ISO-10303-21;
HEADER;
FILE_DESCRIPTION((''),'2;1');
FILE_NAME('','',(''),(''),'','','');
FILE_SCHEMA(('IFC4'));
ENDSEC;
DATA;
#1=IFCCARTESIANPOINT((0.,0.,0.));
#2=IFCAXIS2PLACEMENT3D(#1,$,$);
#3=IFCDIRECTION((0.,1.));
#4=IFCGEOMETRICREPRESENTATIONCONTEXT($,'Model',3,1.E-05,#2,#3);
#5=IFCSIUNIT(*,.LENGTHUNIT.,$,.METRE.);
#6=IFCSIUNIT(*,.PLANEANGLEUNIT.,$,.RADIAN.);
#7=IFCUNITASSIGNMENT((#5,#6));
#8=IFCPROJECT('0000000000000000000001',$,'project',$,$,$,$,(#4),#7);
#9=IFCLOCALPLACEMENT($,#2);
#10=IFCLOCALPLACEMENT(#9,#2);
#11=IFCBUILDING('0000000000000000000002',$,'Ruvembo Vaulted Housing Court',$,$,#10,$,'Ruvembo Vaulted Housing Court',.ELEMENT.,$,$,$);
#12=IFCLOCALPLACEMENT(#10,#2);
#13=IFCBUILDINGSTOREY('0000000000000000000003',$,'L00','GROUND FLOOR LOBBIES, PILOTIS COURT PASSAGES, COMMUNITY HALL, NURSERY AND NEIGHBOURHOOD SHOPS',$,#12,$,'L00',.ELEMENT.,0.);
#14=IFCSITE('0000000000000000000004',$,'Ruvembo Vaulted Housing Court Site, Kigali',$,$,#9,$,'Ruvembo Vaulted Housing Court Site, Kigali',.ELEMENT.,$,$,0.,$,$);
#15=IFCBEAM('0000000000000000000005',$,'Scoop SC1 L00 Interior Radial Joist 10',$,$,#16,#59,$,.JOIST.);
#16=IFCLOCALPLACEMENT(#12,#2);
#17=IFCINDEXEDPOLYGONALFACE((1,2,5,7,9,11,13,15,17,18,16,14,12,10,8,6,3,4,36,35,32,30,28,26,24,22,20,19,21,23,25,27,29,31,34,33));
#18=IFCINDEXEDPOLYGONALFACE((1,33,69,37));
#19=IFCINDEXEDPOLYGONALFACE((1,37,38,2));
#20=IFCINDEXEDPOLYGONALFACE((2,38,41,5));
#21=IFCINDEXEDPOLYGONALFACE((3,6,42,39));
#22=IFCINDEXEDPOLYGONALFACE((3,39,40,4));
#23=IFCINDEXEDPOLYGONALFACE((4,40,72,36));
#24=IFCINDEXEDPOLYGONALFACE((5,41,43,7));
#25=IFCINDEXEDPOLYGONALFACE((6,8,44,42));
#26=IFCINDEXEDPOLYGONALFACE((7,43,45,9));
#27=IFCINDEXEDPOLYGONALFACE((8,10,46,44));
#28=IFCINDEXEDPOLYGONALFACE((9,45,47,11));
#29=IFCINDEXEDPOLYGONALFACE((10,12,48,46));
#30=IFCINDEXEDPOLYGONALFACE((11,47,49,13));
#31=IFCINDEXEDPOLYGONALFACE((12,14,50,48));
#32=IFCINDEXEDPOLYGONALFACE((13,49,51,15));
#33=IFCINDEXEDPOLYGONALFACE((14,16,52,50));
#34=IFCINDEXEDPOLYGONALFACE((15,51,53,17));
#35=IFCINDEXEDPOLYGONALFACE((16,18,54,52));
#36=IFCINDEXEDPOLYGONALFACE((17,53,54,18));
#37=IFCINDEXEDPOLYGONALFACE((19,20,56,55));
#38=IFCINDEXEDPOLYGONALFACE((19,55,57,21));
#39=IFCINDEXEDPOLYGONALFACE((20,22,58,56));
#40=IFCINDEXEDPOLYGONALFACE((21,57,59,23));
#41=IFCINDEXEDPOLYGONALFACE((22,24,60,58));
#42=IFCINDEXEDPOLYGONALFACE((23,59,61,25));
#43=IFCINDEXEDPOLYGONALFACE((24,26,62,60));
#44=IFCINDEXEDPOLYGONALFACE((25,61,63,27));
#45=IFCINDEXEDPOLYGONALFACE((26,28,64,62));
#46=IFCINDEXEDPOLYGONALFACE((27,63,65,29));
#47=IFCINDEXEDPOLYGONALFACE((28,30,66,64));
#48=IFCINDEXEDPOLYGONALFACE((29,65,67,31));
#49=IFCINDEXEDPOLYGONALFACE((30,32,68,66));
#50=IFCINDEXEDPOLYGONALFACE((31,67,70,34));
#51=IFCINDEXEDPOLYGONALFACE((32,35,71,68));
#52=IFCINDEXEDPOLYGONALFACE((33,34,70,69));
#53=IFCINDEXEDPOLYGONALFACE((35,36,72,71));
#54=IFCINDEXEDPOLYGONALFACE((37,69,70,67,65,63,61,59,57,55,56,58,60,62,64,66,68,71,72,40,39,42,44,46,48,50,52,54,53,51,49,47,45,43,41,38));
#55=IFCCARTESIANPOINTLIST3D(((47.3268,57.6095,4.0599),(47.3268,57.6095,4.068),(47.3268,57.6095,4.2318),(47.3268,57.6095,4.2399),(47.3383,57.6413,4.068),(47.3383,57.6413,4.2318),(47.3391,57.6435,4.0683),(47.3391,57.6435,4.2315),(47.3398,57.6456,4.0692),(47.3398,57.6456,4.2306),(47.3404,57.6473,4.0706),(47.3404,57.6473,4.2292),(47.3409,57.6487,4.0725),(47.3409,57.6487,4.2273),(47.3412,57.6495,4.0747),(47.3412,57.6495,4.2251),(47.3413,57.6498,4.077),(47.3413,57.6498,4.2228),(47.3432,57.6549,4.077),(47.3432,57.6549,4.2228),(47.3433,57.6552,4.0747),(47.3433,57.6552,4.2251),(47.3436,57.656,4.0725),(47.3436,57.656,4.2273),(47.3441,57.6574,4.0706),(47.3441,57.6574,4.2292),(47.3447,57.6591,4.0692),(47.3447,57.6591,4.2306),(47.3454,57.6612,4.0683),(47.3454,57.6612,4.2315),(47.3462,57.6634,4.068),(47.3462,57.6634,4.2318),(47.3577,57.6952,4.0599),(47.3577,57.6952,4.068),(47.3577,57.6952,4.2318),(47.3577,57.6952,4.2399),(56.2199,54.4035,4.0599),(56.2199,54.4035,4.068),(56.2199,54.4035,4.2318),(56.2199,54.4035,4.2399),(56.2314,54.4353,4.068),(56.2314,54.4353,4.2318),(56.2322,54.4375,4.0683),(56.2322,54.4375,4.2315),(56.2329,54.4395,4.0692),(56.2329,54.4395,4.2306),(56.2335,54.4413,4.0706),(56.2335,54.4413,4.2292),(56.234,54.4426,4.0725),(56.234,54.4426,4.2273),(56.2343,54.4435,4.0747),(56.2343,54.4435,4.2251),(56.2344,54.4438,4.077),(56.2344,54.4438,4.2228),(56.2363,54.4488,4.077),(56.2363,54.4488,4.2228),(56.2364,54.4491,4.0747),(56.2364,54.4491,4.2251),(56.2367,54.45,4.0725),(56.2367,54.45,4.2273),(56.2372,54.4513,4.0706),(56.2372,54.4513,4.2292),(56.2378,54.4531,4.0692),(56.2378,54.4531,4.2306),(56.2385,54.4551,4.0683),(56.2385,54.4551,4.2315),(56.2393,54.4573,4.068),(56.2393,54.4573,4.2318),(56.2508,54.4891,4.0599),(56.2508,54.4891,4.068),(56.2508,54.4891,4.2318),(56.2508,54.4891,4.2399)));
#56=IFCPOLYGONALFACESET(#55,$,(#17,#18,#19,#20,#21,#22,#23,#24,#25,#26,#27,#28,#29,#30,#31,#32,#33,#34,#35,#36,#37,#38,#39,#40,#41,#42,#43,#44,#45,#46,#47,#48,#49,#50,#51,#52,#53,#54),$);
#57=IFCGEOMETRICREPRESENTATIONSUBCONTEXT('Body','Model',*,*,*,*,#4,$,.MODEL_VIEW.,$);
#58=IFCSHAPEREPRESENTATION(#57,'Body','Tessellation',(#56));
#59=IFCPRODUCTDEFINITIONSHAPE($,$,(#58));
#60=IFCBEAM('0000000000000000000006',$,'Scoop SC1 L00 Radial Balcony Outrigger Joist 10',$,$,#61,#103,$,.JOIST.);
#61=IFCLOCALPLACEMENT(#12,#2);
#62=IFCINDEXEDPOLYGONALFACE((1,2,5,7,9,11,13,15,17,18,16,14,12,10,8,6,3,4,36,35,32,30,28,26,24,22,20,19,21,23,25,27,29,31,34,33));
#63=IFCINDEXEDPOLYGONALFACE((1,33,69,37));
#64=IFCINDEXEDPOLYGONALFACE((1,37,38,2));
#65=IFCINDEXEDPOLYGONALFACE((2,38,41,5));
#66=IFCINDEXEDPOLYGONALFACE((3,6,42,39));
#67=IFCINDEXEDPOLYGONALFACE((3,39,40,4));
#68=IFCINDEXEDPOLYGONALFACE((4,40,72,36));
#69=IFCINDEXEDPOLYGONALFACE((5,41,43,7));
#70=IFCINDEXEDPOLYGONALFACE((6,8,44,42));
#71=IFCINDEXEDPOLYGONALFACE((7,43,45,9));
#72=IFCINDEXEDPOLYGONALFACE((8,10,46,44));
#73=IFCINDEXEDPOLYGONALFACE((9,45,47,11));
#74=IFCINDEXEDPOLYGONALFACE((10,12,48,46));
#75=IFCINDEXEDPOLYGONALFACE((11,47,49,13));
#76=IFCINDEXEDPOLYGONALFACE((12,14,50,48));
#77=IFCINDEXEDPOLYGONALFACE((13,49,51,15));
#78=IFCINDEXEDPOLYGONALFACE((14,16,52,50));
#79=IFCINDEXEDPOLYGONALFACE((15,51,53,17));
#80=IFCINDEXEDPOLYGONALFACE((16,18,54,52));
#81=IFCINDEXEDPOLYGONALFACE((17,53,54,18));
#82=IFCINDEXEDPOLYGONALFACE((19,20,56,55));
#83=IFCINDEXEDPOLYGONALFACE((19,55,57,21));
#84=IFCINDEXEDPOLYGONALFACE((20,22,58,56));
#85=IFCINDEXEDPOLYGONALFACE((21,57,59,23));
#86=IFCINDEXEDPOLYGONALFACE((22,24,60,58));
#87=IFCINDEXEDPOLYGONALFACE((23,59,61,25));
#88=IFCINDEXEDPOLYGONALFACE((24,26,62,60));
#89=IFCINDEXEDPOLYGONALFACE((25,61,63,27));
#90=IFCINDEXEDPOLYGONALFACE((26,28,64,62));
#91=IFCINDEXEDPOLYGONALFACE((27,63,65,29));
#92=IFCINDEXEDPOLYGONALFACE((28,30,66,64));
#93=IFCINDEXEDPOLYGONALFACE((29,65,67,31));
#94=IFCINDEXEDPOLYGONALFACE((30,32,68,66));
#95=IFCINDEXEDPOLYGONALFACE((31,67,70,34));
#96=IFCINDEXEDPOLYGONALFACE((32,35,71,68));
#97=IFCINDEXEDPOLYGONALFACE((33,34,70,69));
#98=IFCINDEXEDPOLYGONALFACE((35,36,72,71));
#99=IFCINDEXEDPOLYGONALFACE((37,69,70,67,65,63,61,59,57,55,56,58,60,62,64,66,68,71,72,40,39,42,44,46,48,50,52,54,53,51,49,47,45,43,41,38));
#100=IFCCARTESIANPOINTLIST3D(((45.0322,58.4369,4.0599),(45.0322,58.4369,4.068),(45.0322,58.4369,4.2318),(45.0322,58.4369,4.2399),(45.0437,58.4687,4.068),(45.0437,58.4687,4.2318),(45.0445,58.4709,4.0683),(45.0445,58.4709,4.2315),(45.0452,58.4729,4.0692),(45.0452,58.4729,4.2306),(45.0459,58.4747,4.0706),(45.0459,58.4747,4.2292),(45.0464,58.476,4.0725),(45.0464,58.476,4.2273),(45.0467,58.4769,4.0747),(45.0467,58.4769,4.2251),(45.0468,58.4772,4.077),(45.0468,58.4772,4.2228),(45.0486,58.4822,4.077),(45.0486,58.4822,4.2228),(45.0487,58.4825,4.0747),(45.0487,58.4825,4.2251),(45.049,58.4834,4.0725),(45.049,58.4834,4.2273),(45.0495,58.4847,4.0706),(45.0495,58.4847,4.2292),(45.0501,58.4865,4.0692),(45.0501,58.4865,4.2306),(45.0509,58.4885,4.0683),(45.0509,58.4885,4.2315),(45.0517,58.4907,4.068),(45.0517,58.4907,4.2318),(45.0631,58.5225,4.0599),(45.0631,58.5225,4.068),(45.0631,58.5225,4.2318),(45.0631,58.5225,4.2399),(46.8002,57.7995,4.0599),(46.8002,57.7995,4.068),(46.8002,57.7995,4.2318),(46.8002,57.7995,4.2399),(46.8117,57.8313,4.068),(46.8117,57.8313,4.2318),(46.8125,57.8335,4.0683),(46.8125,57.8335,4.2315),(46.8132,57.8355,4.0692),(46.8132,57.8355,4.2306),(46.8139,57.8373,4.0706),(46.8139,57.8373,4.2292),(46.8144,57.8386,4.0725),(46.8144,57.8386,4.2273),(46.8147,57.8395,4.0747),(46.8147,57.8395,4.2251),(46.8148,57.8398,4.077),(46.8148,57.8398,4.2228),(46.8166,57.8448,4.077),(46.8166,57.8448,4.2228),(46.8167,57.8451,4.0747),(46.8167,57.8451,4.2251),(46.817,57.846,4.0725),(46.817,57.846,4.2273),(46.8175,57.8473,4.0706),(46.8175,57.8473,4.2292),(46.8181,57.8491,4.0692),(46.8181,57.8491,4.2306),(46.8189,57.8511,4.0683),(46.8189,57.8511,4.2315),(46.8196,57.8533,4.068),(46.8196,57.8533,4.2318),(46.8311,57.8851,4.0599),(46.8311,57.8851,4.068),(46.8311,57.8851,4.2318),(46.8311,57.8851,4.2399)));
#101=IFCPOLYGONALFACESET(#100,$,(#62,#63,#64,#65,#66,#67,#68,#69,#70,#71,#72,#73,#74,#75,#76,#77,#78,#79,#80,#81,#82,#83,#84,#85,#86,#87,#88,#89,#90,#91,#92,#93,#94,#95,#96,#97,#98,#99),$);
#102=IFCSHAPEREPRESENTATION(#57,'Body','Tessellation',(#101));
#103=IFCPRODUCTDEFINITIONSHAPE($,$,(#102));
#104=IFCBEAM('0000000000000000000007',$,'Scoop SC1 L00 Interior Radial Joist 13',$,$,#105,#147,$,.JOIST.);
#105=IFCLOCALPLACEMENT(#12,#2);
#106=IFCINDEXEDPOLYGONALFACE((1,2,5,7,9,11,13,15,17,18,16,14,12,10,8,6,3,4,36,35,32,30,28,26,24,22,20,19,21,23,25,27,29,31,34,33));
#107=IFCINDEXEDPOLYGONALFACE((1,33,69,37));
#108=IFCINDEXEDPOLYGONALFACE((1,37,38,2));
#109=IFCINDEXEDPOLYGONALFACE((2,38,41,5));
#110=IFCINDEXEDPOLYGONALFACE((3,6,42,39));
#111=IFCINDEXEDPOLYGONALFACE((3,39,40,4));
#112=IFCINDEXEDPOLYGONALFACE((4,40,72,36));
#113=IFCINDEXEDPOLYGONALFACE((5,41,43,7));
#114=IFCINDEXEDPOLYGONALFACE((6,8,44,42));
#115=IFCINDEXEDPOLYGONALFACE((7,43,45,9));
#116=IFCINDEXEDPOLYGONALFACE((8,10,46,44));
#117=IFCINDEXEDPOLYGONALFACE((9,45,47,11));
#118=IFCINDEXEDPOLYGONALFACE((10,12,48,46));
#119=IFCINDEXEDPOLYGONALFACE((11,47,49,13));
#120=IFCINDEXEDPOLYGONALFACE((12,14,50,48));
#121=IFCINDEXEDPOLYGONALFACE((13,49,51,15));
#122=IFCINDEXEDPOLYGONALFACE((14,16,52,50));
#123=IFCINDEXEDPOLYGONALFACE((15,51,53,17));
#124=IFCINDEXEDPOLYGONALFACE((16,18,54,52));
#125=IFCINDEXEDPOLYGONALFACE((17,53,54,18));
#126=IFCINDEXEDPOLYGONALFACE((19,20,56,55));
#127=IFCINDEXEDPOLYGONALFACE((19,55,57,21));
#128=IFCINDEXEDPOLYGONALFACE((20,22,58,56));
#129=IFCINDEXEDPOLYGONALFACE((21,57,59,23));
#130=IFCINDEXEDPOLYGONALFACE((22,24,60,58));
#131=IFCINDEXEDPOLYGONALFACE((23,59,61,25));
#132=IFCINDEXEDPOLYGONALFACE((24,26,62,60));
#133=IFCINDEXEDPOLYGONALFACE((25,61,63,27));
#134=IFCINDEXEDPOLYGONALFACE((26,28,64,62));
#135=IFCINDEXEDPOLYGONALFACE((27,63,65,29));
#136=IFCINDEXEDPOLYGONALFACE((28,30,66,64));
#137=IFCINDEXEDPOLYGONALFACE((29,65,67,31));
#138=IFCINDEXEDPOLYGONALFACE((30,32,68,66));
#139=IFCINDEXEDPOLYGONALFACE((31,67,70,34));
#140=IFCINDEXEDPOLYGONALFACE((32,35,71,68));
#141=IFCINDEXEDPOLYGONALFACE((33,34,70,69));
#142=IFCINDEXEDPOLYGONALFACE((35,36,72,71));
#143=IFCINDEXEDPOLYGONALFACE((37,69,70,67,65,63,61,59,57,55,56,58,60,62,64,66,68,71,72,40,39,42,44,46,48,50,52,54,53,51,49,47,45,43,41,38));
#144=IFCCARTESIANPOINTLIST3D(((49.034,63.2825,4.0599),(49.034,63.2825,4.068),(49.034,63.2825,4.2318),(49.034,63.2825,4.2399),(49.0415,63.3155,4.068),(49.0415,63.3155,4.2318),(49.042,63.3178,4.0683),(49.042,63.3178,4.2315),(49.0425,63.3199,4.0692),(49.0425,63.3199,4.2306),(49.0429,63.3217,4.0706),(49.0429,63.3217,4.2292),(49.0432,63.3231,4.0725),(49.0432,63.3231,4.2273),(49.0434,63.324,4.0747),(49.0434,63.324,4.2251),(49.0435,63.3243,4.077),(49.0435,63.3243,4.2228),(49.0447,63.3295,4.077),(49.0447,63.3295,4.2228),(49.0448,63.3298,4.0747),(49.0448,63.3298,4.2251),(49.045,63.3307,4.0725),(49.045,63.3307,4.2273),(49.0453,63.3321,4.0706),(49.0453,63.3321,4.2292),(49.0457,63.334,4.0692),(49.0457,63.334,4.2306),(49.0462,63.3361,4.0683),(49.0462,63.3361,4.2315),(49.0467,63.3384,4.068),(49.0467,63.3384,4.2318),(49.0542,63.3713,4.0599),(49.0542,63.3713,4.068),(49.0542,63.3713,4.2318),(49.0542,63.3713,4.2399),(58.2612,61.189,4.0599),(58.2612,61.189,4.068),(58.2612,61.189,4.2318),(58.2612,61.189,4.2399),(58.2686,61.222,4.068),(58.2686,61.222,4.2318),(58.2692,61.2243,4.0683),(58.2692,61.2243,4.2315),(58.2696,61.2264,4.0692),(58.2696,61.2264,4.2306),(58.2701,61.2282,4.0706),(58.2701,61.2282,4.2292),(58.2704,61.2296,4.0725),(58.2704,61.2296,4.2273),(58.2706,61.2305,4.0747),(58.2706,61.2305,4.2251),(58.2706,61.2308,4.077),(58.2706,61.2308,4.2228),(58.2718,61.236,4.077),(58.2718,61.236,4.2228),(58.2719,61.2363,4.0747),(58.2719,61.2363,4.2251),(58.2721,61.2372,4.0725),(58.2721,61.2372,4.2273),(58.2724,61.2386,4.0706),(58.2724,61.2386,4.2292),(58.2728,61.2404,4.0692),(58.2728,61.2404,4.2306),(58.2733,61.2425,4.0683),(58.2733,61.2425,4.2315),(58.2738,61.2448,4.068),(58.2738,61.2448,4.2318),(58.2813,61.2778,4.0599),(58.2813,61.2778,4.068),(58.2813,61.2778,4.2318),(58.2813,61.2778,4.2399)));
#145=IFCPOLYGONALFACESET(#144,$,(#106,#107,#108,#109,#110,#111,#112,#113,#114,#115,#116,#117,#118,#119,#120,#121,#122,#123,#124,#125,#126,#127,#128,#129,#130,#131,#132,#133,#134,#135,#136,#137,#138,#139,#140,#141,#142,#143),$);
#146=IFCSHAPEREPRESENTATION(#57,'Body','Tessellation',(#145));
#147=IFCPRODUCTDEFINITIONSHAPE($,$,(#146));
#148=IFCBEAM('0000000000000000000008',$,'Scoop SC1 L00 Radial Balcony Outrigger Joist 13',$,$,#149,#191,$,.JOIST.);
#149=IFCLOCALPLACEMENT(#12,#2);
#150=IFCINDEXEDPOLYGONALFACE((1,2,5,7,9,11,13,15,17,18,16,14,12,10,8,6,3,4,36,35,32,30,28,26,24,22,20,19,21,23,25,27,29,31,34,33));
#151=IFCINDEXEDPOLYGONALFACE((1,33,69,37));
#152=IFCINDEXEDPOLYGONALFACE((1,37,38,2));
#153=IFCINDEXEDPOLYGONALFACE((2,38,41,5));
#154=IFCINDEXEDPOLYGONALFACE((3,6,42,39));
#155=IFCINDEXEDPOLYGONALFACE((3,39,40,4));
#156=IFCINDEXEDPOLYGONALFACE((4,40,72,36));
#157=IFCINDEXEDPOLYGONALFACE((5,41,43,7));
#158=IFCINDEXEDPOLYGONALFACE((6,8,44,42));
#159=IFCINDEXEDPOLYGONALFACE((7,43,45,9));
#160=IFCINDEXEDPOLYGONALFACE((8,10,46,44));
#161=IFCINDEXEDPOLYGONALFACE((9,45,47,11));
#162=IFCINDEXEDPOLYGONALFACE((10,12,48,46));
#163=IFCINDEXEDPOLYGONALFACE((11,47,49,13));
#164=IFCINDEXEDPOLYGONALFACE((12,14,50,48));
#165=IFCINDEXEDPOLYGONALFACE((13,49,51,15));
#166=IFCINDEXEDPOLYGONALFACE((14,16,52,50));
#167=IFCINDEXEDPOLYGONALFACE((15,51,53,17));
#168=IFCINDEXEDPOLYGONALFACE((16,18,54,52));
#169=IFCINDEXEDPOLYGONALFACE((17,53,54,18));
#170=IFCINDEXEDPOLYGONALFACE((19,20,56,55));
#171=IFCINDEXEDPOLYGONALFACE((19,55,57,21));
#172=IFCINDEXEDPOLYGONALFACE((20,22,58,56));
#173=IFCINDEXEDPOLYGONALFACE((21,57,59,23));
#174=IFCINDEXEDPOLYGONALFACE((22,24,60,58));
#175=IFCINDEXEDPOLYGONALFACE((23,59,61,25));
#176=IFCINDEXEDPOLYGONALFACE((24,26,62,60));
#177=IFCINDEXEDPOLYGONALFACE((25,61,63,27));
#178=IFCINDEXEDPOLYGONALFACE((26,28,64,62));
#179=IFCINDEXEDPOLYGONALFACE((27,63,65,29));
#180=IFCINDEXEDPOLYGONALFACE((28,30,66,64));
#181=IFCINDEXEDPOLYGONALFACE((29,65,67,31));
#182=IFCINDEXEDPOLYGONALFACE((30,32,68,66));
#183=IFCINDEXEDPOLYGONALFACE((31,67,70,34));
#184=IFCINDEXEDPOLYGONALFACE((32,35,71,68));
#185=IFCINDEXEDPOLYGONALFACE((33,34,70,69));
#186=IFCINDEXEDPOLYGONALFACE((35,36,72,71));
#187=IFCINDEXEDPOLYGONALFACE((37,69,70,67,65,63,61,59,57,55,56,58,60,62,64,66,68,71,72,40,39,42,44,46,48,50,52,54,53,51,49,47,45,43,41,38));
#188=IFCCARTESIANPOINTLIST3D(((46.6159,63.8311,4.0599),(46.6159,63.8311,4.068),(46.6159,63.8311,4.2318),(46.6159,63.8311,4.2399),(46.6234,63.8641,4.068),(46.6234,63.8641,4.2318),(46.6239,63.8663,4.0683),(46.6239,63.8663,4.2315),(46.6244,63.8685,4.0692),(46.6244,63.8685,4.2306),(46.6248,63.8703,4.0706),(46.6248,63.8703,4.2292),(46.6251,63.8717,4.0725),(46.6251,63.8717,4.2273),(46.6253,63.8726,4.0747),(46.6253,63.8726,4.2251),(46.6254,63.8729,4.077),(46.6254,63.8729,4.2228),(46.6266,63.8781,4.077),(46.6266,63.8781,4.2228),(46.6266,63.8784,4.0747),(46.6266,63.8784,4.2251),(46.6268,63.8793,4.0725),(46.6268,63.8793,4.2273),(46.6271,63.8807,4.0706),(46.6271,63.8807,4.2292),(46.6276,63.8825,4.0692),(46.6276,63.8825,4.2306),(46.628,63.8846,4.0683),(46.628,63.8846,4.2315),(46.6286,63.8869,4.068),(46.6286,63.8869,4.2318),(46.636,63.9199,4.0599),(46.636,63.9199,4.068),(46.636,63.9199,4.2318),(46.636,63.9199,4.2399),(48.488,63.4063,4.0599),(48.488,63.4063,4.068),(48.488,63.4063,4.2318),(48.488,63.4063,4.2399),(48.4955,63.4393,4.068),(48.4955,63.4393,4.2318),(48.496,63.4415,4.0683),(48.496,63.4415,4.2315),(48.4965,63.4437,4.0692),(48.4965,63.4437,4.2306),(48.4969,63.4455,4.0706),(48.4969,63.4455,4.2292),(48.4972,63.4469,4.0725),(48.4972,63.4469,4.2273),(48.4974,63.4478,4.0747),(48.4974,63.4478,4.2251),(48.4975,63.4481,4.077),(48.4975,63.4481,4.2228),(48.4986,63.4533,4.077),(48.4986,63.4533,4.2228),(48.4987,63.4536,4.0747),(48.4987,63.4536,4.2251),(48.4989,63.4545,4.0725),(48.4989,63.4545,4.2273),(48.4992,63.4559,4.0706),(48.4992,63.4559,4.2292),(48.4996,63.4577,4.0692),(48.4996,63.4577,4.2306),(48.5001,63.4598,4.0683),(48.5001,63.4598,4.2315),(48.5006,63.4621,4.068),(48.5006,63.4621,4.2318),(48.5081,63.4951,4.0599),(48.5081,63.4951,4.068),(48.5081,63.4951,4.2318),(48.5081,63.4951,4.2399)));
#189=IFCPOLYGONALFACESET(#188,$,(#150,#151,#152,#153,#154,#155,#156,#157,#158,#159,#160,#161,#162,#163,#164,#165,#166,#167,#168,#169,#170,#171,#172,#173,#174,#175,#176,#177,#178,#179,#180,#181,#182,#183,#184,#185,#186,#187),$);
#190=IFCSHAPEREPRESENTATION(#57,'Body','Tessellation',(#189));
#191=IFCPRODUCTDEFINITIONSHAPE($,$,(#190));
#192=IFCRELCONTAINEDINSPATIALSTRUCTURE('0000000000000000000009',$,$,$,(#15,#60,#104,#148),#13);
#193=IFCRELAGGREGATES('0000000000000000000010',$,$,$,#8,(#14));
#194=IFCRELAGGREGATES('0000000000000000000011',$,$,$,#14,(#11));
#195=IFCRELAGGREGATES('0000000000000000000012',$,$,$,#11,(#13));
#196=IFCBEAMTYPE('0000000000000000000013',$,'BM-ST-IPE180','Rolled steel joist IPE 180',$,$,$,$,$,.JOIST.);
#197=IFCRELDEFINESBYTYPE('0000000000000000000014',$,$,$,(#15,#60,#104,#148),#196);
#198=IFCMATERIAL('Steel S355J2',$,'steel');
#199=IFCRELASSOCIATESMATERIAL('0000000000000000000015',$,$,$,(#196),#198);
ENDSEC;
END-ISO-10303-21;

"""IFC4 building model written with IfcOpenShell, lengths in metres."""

from ifc_helpers import new_model, si_unit, direction, frame, origin, origin_2d, place, context, subcontext, project, spatial, i_section, extrude, material, material_profile, profile_set, type_object, element, save


model = new_model("IFC4")

# Units and contexts
model_context = context("Model", 3, precision=1e-05, world=origin(), true_north=direction((0.0, 1.0)))
body_context = subcontext(model_context, "Body", "Model", "MODEL_VIEW")
ifc_project = project(units=[si_unit("LENGTHUNIT", "METRE"), si_unit("PLANEANGLEUNIT", "RADIAN")], contexts=[model_context])

# Site, building, storey
site_placement = place(None, origin())
site = spatial("IfcSite", under=ifc_project, at=site_placement, Name="Ruvembo Vaulted Housing Court Site, Kigali", LongName="Ruvembo Vaulted Housing Court Site, Kigali", CompositionType="ELEMENT", RefElevation=0.0)
building_placement = place(site_placement, origin())
building = spatial("IfcBuilding", under=site, at=building_placement, Name="Ruvembo Vaulted Housing Court", LongName="Ruvembo Vaulted Housing Court", CompositionType="ELEMENT")
storey_placement = place(building_placement, origin())
storey = spatial("IfcBuildingStorey", under=building, at=storey_placement, Name="L00", Description="GROUND FLOOR LOBBIES, PILOTIS COURT PASSAGES, COMMUNITY HALL, NURSERY AND NEIGHBOURHOOD SHOPS", LongName="L00", CompositionType="ELEMENT", Elevation=0.0)

# Beams
ifc_material_1 = material(Name="Steel S355J2", Category="steel")
ifc_material_profile_1 = material_profile(ifc_material_1, i_section(OverallWidth=0.0911, OverallDepth=0.1799, WebThickness=0.0054, FlangeThickness=0.0081, FilletRadius=0.009, at=origin_2d()), Name="IPE 180")
ifc_profile_set_1 = profile_set([ifc_material_profile_1], Name="Steel S355J2")
beam_type_1 = type_object("IfcBeamType", Name="BM-ST-IPE180", Description="Rolled steel joist IPE 180", PredefinedType="JOIST", material=ifc_profile_set_1)
beam_1_placement = place(storey_placement, frame((56.2354, 54.4463, 4.1499), z_axis=(-0.940734, 0.339146, 0.0), x_axis=(-0.339146, -0.940734, 0.0)))
element("IfcBeam", 1, at=beam_1_placement, inside=storey, type_object=beam_type_1, Name="Scoop SC1 L00 Interior Radial Joist 10", PredefinedType="JOIST", context=body_context, shape_type="SweptSolid", body=[
    extrude(i_section(OverallWidth=0.0911, OverallDepth=0.1799, WebThickness=0.0054, FlangeThickness=0.0081, FilletRadius=0.009, at=origin_2d()), origin(), (0.0, 0.0, 1.0), 9.4534),
])
beam_2_placement = place(storey_placement, frame((46.8157, 57.8423, 4.1499), z_axis=(-0.940727, 0.339166, 0.0), x_axis=(-0.339166, -0.940727, 0.0)))
element("IfcBeam", 2, at=beam_2_placement, inside=storey, type_object=beam_type_1, Name="Scoop SC1 L00 Radial Balcony Outrigger Joist 10", PredefinedType="JOIST", context=body_context, shape_type="SweptSolid", body=[
    extrude(i_section(OverallWidth=0.0911, OverallDepth=0.1799, WebThickness=0.0054, FlangeThickness=0.0081, FilletRadius=0.009, at=origin_2d()), origin(), (0.0, 0.0, 1.0), 1.8794),
])
beam_3_placement = place(storey_placement, frame((58.2712, 61.2334, 4.1499), z_axis=(-0.975214, 0.221264, 0.0), x_axis=(-0.221264, -0.975214, 0.0)))
element("IfcBeam", 3, at=beam_3_placement, inside=storey, type_object=beam_type_1, Name="Scoop SC1 L00 Interior Radial Joist 13", PredefinedType="JOIST", context=body_context, shape_type="SweptSolid", body=[
    extrude(i_section(OverallWidth=0.0911, OverallDepth=0.1799, WebThickness=0.0054, FlangeThickness=0.0081, FilletRadius=0.009, at=origin_2d()), origin(), (0.0, 0.0, 1.0), 9.4617),
])
beam_4_placement = place(storey_placement, frame((48.498, 63.4507, 4.1499), z_axis=(-0.975208, 0.221291, 0.0), x_axis=(-0.221291, -0.975208, 0.0)))
element("IfcBeam", 4, at=beam_4_placement, inside=storey, type_object=beam_type_1, Name="Scoop SC1 L00 Radial Balcony Outrigger Joist 13", PredefinedType="JOIST", context=body_context, shape_type="SweptSolid", body=[
    extrude(i_section(OverallWidth=0.0911, OverallDepth=0.1799, WebThickness=0.0054, FlangeThickness=0.0081, FilletRadius=0.009, at=origin_2d()), origin(), (0.0, 0.0, 1.0), 1.9197),
])

save(model, "model.ifc")
